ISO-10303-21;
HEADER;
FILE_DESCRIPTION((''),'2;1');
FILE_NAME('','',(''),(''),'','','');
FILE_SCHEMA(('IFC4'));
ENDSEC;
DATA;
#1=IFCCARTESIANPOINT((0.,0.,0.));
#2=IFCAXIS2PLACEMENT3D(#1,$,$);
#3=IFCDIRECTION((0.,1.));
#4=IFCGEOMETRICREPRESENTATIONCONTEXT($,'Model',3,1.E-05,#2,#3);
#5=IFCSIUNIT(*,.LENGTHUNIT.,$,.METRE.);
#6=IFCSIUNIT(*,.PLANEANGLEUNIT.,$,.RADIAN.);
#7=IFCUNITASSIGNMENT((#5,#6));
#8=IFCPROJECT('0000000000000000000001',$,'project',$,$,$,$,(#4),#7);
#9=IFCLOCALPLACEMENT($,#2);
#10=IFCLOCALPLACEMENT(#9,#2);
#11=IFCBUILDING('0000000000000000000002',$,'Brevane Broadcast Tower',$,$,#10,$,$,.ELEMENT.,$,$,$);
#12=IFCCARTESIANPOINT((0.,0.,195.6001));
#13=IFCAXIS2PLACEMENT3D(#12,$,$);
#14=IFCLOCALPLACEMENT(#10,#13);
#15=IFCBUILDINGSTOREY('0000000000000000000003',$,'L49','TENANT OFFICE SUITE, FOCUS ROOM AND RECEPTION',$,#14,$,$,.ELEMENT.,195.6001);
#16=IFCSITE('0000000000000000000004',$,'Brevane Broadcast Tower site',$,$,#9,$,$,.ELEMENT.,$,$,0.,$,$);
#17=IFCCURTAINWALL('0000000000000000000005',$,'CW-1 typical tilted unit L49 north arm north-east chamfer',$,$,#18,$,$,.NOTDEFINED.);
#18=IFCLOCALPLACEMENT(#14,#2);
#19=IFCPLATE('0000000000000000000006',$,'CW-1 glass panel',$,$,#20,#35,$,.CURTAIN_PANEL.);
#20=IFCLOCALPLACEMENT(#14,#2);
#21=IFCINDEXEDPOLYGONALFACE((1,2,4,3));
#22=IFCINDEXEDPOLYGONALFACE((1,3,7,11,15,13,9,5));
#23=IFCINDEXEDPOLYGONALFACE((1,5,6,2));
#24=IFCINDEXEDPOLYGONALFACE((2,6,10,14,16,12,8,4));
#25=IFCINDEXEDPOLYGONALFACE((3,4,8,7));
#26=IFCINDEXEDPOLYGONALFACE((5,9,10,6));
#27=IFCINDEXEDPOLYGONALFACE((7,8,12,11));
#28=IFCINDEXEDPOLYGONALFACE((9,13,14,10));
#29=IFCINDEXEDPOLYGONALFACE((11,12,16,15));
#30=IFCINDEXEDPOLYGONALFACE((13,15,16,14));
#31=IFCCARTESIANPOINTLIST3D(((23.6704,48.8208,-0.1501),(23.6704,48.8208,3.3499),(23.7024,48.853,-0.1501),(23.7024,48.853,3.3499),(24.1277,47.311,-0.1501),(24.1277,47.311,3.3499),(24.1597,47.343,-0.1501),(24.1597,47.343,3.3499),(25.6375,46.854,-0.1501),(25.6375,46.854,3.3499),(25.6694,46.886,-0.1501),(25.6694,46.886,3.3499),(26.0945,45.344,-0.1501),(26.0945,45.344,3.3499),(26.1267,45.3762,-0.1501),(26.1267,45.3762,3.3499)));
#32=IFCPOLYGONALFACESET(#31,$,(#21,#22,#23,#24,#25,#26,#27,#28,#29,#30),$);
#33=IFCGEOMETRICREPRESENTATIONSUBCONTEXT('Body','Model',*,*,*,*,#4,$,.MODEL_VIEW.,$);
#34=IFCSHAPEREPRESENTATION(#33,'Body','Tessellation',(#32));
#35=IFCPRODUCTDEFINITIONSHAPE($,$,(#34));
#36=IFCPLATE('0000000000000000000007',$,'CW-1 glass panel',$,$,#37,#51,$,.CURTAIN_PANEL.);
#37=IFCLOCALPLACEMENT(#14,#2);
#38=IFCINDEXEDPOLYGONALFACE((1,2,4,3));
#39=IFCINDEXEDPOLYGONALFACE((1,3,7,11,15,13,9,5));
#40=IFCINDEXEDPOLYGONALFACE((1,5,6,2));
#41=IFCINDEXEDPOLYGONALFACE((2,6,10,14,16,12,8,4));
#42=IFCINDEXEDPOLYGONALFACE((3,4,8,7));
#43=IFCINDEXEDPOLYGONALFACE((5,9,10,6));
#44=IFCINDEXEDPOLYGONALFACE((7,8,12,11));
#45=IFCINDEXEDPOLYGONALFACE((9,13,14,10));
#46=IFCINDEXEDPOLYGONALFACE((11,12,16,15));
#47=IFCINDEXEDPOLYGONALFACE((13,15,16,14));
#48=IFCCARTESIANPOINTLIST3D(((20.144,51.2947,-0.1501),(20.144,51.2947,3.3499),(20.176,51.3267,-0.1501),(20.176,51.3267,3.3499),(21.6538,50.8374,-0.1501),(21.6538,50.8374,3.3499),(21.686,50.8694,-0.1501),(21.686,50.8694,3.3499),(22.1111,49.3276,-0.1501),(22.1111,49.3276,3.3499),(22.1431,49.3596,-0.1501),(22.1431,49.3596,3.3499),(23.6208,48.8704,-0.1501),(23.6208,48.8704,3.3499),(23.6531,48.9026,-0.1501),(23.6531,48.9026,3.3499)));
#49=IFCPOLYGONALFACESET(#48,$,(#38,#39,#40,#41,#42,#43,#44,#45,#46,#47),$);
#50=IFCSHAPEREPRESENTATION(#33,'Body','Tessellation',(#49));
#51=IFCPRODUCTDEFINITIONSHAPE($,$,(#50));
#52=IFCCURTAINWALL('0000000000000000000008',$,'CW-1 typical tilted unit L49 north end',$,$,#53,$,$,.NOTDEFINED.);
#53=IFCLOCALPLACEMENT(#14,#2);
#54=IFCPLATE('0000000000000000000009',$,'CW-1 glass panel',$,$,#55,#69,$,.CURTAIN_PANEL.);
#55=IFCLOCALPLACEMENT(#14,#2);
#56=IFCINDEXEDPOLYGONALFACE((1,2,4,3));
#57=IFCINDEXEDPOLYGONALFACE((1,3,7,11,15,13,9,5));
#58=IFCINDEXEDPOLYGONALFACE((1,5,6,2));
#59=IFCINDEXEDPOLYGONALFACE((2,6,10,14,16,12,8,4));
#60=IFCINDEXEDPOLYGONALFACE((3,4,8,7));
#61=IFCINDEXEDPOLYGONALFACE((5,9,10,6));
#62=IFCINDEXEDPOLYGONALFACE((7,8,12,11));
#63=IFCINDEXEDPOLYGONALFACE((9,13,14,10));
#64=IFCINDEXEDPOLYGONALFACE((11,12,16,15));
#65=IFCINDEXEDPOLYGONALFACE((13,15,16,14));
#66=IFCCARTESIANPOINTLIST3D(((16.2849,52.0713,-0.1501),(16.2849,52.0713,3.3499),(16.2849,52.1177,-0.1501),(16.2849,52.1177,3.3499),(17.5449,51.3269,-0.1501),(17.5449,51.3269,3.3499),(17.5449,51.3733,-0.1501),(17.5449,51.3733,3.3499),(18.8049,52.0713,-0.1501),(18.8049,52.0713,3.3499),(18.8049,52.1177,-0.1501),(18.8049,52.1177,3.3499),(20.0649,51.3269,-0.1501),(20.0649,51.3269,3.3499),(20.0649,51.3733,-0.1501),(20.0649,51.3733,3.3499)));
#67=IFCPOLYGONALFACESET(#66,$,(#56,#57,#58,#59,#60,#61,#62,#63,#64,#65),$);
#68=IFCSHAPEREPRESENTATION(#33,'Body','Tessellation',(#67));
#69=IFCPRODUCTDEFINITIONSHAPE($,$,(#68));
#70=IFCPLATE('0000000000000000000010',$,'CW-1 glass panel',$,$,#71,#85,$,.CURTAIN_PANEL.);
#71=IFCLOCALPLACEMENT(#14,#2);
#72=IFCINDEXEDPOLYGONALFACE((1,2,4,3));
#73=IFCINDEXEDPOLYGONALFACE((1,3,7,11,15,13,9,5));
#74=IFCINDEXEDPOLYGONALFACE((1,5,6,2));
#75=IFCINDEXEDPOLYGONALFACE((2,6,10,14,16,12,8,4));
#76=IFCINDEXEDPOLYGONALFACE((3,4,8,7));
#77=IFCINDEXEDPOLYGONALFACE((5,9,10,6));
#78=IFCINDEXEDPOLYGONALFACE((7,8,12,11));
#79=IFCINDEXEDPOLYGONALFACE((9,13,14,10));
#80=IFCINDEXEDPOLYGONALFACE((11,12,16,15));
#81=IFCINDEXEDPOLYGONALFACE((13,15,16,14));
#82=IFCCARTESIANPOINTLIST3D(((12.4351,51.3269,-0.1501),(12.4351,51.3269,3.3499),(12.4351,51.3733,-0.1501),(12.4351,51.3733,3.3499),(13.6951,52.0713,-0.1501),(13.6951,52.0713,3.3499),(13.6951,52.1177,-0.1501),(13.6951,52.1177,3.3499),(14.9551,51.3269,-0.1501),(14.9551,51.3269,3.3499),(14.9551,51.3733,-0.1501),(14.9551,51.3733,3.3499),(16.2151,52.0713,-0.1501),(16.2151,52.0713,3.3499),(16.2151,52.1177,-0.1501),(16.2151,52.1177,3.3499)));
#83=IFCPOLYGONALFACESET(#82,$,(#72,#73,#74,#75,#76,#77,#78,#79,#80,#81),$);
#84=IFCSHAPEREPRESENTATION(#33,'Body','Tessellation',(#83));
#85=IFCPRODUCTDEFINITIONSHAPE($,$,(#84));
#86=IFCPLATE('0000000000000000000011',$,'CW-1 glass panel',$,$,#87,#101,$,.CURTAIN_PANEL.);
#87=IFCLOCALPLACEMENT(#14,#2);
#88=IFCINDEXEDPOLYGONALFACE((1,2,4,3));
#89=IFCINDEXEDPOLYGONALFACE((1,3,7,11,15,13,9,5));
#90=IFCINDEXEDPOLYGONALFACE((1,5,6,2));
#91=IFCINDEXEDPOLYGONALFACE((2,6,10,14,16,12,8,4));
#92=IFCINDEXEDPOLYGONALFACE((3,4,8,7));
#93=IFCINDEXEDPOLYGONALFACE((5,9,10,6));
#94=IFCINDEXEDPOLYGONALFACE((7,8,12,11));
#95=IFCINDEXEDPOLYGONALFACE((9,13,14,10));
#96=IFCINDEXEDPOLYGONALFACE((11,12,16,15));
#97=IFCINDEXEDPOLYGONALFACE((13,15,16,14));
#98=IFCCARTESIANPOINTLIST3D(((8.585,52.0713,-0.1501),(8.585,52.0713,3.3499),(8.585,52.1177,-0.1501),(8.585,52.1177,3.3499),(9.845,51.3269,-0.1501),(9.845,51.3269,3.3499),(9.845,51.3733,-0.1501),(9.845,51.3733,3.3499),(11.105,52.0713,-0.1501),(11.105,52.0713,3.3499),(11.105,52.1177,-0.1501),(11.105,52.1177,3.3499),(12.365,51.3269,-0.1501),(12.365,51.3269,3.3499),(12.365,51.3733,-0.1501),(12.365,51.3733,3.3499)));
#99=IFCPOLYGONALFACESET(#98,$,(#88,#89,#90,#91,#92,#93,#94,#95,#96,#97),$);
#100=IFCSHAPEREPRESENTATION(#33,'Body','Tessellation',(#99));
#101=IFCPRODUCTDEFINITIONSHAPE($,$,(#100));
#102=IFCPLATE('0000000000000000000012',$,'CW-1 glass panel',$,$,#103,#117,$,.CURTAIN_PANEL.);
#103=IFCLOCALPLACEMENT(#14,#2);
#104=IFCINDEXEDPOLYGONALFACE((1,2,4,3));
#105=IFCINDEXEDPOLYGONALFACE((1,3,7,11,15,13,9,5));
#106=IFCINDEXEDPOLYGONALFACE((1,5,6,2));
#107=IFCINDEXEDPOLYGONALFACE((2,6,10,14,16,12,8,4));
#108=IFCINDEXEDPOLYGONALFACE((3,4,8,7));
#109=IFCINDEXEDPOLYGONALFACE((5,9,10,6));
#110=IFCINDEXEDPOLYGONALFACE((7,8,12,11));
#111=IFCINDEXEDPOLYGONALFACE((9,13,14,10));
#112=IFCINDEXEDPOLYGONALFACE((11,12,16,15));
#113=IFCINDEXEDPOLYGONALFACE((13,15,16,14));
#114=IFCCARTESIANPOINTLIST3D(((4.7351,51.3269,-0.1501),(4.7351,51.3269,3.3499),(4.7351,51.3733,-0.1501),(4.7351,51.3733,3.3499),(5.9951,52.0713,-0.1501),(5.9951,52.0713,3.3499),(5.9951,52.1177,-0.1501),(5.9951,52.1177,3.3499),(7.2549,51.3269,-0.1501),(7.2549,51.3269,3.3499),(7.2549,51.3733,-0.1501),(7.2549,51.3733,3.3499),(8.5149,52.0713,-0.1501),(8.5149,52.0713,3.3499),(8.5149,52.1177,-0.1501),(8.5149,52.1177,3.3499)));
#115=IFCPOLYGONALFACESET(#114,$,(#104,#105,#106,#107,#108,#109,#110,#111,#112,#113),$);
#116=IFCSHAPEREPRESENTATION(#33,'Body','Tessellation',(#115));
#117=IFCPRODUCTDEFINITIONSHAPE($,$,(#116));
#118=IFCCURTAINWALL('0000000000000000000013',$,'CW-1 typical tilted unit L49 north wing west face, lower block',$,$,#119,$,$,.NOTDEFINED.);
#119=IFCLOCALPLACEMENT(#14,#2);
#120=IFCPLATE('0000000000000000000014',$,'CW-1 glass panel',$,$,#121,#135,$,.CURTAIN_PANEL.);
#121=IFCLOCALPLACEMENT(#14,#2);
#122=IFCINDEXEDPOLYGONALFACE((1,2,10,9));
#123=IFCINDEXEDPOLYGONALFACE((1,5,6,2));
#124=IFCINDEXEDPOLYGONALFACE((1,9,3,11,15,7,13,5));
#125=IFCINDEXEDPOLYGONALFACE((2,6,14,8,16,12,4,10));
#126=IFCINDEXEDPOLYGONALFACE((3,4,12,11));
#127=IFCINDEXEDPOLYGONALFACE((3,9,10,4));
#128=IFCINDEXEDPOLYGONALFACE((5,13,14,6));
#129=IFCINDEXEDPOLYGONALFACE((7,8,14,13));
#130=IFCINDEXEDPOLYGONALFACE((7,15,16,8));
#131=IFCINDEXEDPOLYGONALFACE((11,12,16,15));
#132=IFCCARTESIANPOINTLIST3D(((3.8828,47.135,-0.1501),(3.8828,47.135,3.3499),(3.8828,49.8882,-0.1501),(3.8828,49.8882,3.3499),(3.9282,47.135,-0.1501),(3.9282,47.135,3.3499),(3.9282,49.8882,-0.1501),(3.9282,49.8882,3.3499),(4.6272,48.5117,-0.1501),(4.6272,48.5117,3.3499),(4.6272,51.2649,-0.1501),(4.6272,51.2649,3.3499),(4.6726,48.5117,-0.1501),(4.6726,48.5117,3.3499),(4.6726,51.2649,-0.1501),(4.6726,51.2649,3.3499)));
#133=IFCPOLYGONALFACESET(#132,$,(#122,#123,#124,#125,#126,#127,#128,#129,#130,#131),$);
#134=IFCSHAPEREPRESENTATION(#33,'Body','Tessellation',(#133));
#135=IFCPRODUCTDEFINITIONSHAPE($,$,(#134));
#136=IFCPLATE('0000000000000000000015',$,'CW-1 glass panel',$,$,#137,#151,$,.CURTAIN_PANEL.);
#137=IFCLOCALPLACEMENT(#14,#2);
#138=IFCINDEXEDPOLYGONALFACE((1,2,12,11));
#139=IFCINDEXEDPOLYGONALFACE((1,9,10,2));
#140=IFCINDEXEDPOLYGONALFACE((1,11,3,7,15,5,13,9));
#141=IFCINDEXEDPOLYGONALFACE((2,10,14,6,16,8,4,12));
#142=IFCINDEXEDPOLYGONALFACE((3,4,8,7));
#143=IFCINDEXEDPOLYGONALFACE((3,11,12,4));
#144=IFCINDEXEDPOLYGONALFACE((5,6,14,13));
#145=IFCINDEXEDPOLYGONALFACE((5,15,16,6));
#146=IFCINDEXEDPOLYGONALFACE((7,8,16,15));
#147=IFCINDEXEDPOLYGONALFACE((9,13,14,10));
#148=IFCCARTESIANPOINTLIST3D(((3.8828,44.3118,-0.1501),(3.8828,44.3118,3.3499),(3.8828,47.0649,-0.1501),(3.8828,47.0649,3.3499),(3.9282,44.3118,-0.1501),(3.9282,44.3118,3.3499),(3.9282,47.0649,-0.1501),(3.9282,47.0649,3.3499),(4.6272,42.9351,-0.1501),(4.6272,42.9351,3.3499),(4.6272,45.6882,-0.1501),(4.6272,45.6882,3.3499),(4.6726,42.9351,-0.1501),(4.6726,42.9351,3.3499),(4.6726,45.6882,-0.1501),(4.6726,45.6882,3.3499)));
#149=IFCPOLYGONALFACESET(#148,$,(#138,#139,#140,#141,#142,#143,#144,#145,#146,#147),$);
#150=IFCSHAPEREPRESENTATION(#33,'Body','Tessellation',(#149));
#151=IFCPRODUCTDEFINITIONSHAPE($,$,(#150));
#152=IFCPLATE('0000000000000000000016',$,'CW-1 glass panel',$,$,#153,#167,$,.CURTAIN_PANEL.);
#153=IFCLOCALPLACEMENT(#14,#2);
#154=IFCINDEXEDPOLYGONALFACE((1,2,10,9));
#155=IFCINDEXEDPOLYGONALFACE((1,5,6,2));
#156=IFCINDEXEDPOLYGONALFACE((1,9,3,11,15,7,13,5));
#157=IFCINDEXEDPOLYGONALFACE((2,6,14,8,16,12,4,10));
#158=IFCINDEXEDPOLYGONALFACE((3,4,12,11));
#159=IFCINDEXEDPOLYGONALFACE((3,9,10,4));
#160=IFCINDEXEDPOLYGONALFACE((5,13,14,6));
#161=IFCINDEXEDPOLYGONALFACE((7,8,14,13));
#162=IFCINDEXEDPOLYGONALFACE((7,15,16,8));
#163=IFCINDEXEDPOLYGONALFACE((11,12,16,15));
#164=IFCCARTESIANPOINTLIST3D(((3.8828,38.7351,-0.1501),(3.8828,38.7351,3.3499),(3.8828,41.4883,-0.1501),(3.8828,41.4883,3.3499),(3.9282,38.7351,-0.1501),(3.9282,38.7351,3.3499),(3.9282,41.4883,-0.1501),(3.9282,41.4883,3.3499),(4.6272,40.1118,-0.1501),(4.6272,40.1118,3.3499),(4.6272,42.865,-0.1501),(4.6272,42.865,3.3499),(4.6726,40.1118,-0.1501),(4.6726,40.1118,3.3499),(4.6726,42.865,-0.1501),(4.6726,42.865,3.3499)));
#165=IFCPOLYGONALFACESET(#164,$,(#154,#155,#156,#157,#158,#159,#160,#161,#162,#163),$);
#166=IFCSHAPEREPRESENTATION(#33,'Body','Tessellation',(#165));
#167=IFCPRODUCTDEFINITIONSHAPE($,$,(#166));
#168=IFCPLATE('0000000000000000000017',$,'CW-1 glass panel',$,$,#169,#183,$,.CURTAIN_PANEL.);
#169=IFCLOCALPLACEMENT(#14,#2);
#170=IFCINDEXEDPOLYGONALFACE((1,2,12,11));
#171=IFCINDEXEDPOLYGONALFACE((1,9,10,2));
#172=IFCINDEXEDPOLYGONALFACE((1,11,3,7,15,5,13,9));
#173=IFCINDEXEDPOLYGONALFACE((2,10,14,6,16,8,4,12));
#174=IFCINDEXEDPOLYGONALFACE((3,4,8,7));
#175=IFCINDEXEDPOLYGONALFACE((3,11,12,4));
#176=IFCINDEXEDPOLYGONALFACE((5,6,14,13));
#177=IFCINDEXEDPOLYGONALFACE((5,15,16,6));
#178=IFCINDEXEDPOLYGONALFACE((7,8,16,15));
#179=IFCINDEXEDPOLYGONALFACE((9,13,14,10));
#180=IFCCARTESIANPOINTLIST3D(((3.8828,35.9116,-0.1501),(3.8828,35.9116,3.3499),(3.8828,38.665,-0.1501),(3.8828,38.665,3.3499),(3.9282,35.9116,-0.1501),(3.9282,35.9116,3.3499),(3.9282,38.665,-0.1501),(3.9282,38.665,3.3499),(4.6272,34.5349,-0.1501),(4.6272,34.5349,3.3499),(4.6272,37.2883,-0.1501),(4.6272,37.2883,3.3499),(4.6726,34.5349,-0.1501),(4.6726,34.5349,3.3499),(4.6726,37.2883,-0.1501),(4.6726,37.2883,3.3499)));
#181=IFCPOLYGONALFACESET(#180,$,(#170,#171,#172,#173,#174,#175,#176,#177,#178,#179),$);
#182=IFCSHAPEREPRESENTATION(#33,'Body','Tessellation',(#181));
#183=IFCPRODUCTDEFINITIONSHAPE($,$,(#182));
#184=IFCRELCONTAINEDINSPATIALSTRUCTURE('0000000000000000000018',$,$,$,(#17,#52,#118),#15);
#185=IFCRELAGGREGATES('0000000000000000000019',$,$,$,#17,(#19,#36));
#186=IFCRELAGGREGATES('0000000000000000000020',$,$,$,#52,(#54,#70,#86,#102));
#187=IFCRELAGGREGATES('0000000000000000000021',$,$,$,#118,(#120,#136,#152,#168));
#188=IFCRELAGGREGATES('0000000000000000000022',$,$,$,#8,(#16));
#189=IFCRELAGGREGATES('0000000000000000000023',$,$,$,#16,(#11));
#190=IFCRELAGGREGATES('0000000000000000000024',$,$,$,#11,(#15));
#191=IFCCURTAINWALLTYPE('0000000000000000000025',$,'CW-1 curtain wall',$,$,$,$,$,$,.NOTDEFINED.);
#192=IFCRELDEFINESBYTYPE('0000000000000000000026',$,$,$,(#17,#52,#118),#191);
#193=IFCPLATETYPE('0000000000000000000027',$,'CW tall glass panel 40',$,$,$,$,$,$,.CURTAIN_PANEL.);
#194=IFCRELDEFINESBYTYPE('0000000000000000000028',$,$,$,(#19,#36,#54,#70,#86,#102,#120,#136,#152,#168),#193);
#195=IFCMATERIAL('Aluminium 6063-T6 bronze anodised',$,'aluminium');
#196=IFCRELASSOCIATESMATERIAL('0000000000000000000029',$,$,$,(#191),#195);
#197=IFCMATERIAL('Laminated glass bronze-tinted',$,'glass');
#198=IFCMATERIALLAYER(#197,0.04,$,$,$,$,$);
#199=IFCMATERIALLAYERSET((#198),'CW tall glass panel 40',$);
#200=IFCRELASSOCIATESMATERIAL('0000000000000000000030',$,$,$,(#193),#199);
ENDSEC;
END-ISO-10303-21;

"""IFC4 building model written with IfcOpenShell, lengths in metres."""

from ifc_helpers import new_model, si_unit, direction, frame, origin, place, context, subcontext, project, spatial, polyline, outline, extrude, material, layer, layer_set, type_object, element, aggregate, save


model = new_model("IFC4")

# Units and contexts
model_context = context("Model", 3, precision=1e-05, world=origin(), true_north=direction((0.0, 1.0)))
body_context = subcontext(model_context, "Body", "Model", "MODEL_VIEW")
ifc_project = project(units=[si_unit("LENGTHUNIT", "METRE"), si_unit("PLANEANGLEUNIT", "RADIAN")], contexts=[model_context])

# Site, building, storey
site_placement = place(None, origin())
site = spatial("IfcSite", under=ifc_project, at=site_placement, Name="Brevane Broadcast Tower site", CompositionType="ELEMENT", RefElevation=0.0)
building_placement = place(site_placement, origin())
building = spatial("IfcBuilding", under=site, at=building_placement, Name="Brevane Broadcast Tower", CompositionType="ELEMENT")
storey_placement = place(building_placement, frame((0.0, 0.0, 195.6001)))
storey = spatial("IfcBuildingStorey", under=building, at=storey_placement, Name="L49", Description="TENANT OFFICE SUITE, FOCUS ROOM AND RECEPTION", CompositionType="ELEMENT", Elevation=195.6001)

# Shared definitions
ifc_material_1 = material(Name="Aluminium 6063-T6 bronze anodised", Category="aluminium")
curtain_wall_type = type_object("IfcCurtainWallType", Name="CW-1 curtain wall", PredefinedType="NOTDEFINED", material=ifc_material_1)

# Curtain walls, plates
ifc_material_2 = material(Name="Laminated glass bronze-tinted", Category="glass")
ifc_layer = layer(ifc_material_2, 0.04)
ifc_layer_set = layer_set([ifc_layer], Name="CW tall glass panel 40")
plate_type = type_object("IfcPlateType", Name="CW tall glass panel 40", PredefinedType="CURTAIN_PANEL", material=ifc_layer_set)
curtain_wall_1_placement = place(storey_placement, origin())
curtain_wall_1 = element("IfcCurtainWall", 1, at=curtain_wall_1_placement, inside=storey, type_object=curtain_wall_type, Name="CW-1 typical tilted unit L49 north arm north-east chamfer", PredefinedType="NOTDEFINED")
plate_1_placement = place(storey_placement, frame((0.0, 0.0, -0.1501)))
plate_1 = element("IfcPlate", 2, at=plate_1_placement, type_object=plate_type, Name="CW-1 glass panel", PredefinedType="CURTAIN_PANEL", context=body_context, shape_type="SweptSolid", body=[
    extrude(outline(polyline([(26.0945, 45.344), (26.1267, 45.3762), (25.6694, 46.886), (24.1597, 47.343), (23.7024, 48.853), (23.6704, 48.8208), (24.1277, 47.311), (25.6375, 46.854), (26.0945, 45.344)])), origin(), (0.0, 0.0, 1.0), 3.5),
])
plate_2_placement = place(storey_placement, frame((0.0, 0.0, -0.1501)))
plate_2 = element("IfcPlate", 3, at=plate_2_placement, type_object=plate_type, Name="CW-1 glass panel", PredefinedType="CURTAIN_PANEL", context=body_context, shape_type="SweptSolid", body=[
    extrude(outline(polyline([(23.6208, 48.8704), (23.6531, 48.9026), (22.1431, 49.3596), (21.686, 50.8694), (20.176, 51.3267), (20.144, 51.2947), (21.6538, 50.8374), (22.1111, 49.3276), (23.6208, 48.8704)])), origin(), (0.0, 0.0, 1.0), 3.5),
])
aggregate(curtain_wall_1, [plate_1, plate_2])
curtain_wall_2_placement = place(storey_placement, origin())
curtain_wall_2 = element("IfcCurtainWall", 4, at=curtain_wall_2_placement, inside=storey, type_object=curtain_wall_type, Name="CW-1 typical tilted unit L49 north end", PredefinedType="NOTDEFINED")
plate_3_placement = place(storey_placement, frame((0.0, 0.0, -0.1501)))
plate_3 = element("IfcPlate", 5, at=plate_3_placement, type_object=plate_type, Name="CW-1 glass panel", PredefinedType="CURTAIN_PANEL", context=body_context, shape_type="SweptSolid", body=[
    extrude(outline(polyline([(20.0649, 51.3269), (20.0649, 51.3733), (18.8049, 52.1177), (17.5449, 51.3733), (16.2849, 52.1177), (16.2849, 52.0713), (17.5449, 51.3269), (18.8049, 52.0713), (20.0649, 51.3269)])), origin(), (0.0, 0.0, 1.0), 3.5),
])
plate_4_placement = place(storey_placement, frame((0.0, 0.0, -0.1501)))
plate_4 = element("IfcPlate", 6, at=plate_4_placement, type_object=plate_type, Name="CW-1 glass panel", PredefinedType="CURTAIN_PANEL", context=body_context, shape_type="SweptSolid", body=[
    extrude(outline(polyline([(16.2151, 52.0713), (16.2151, 52.1177), (14.9551, 51.3733), (13.6951, 52.1177), (12.4351, 51.3733), (12.4351, 51.3269), (13.6951, 52.0713), (14.9551, 51.3269), (16.2151, 52.0713)])), origin(), (0.0, 0.0, 1.0), 3.5),
])
plate_5_placement = place(storey_placement, frame((0.0, 0.0, -0.1501)))
plate_5 = element("IfcPlate", 7, at=plate_5_placement, type_object=plate_type, Name="CW-1 glass panel", PredefinedType="CURTAIN_PANEL", context=body_context, shape_type="SweptSolid", body=[
    extrude(outline(polyline([(12.365, 51.3269), (12.365, 51.3733), (11.105, 52.1177), (9.845, 51.3733), (8.585, 52.1177), (8.585, 52.0713), (9.845, 51.3269), (11.105, 52.0713), (12.365, 51.3269)])), origin(), (0.0, 0.0, 1.0), 3.5),
])
plate_6_placement = place(storey_placement, frame((0.0, 0.0, -0.1501)))
plate_6 = element("IfcPlate", 8, at=plate_6_placement, type_object=plate_type, Name="CW-1 glass panel", PredefinedType="CURTAIN_PANEL", context=body_context, shape_type="SweptSolid", body=[
    extrude(outline(polyline([(8.5149, 52.0713), (8.5149, 52.1177), (7.2549, 51.3733), (5.9951, 52.1177), (4.7351, 51.3733), (4.7351, 51.3269), (5.9951, 52.0713), (7.2549, 51.3269), (8.5149, 52.0713)])), origin(), (0.0, 0.0, 1.0), 3.5),
])
aggregate(curtain_wall_2, [plate_3, plate_4, plate_5, plate_6])
curtain_wall_3_placement = place(storey_placement, origin())
curtain_wall_3 = element("IfcCurtainWall", 9, at=curtain_wall_3_placement, inside=storey, type_object=curtain_wall_type, Name="CW-1 typical tilted unit L49 north wing west face, lower block", PredefinedType="NOTDEFINED")
plate_7_placement = place(storey_placement, frame((0.0, 0.0, -0.1501)))
plate_7 = element("IfcPlate", 10, at=plate_7_placement, type_object=plate_type, Name="CW-1 glass panel", PredefinedType="CURTAIN_PANEL", context=body_context, shape_type="SweptSolid", body=[
    extrude(outline(polyline([(4.6726, 51.2649), (4.6272, 51.2649), (3.8828, 49.8882), (4.6272, 48.5117), (3.8828, 47.135), (3.9282, 47.135), (4.6726, 48.5117), (3.9282, 49.8882), (4.6726, 51.2649)])), origin(), (0.0, 0.0, 1.0), 3.5),
])
plate_8_placement = place(storey_placement, frame((0.0, 0.0, -0.1501)))
plate_8 = element("IfcPlate", 11, at=plate_8_placement, type_object=plate_type, Name="CW-1 glass panel", PredefinedType="CURTAIN_PANEL", context=body_context, shape_type="SweptSolid", body=[
    extrude(outline(polyline([(3.9282, 47.0649), (3.8828, 47.0649), (4.6272, 45.6882), (3.8828, 44.3118), (4.6272, 42.9351), (4.6726, 42.9351), (3.9282, 44.3118), (4.6726, 45.6882), (3.9282, 47.0649)])), origin(), (0.0, 0.0, 1.0), 3.5),
])
plate_9_placement = place(storey_placement, frame((0.0, 0.0, -0.1501)))
plate_9 = element("IfcPlate", 12, at=plate_9_placement, type_object=plate_type, Name="CW-1 glass panel", PredefinedType="CURTAIN_PANEL", context=body_context, shape_type="SweptSolid", body=[
    extrude(outline(polyline([(4.6726, 42.865), (4.6272, 42.865), (3.8828, 41.4883), (4.6272, 40.1118), (3.8828, 38.7351), (3.9282, 38.7351), (4.6726, 40.1118), (3.9282, 41.4883), (4.6726, 42.865)])), origin(), (0.0, 0.0, 1.0), 3.5),
])
plate_10_placement = place(storey_placement, frame((0.0, 0.0, -0.1501)))
plate_10 = element("IfcPlate", 13, at=plate_10_placement, type_object=plate_type, Name="CW-1 glass panel", PredefinedType="CURTAIN_PANEL", context=body_context, shape_type="SweptSolid", body=[
    extrude(outline(polyline([(3.9282, 38.665), (3.8828, 38.665), (4.6272, 37.2883), (3.8828, 35.9116), (4.6272, 34.5349), (4.6726, 34.5349), (3.9282, 35.9116), (4.6726, 37.2883), (3.9282, 38.665)])), origin(), (0.0, 0.0, 1.0), 3.5),
])
aggregate(curtain_wall_3, [plate_7, plate_8, plate_9, plate_10])

save(model, "model.ifc")
